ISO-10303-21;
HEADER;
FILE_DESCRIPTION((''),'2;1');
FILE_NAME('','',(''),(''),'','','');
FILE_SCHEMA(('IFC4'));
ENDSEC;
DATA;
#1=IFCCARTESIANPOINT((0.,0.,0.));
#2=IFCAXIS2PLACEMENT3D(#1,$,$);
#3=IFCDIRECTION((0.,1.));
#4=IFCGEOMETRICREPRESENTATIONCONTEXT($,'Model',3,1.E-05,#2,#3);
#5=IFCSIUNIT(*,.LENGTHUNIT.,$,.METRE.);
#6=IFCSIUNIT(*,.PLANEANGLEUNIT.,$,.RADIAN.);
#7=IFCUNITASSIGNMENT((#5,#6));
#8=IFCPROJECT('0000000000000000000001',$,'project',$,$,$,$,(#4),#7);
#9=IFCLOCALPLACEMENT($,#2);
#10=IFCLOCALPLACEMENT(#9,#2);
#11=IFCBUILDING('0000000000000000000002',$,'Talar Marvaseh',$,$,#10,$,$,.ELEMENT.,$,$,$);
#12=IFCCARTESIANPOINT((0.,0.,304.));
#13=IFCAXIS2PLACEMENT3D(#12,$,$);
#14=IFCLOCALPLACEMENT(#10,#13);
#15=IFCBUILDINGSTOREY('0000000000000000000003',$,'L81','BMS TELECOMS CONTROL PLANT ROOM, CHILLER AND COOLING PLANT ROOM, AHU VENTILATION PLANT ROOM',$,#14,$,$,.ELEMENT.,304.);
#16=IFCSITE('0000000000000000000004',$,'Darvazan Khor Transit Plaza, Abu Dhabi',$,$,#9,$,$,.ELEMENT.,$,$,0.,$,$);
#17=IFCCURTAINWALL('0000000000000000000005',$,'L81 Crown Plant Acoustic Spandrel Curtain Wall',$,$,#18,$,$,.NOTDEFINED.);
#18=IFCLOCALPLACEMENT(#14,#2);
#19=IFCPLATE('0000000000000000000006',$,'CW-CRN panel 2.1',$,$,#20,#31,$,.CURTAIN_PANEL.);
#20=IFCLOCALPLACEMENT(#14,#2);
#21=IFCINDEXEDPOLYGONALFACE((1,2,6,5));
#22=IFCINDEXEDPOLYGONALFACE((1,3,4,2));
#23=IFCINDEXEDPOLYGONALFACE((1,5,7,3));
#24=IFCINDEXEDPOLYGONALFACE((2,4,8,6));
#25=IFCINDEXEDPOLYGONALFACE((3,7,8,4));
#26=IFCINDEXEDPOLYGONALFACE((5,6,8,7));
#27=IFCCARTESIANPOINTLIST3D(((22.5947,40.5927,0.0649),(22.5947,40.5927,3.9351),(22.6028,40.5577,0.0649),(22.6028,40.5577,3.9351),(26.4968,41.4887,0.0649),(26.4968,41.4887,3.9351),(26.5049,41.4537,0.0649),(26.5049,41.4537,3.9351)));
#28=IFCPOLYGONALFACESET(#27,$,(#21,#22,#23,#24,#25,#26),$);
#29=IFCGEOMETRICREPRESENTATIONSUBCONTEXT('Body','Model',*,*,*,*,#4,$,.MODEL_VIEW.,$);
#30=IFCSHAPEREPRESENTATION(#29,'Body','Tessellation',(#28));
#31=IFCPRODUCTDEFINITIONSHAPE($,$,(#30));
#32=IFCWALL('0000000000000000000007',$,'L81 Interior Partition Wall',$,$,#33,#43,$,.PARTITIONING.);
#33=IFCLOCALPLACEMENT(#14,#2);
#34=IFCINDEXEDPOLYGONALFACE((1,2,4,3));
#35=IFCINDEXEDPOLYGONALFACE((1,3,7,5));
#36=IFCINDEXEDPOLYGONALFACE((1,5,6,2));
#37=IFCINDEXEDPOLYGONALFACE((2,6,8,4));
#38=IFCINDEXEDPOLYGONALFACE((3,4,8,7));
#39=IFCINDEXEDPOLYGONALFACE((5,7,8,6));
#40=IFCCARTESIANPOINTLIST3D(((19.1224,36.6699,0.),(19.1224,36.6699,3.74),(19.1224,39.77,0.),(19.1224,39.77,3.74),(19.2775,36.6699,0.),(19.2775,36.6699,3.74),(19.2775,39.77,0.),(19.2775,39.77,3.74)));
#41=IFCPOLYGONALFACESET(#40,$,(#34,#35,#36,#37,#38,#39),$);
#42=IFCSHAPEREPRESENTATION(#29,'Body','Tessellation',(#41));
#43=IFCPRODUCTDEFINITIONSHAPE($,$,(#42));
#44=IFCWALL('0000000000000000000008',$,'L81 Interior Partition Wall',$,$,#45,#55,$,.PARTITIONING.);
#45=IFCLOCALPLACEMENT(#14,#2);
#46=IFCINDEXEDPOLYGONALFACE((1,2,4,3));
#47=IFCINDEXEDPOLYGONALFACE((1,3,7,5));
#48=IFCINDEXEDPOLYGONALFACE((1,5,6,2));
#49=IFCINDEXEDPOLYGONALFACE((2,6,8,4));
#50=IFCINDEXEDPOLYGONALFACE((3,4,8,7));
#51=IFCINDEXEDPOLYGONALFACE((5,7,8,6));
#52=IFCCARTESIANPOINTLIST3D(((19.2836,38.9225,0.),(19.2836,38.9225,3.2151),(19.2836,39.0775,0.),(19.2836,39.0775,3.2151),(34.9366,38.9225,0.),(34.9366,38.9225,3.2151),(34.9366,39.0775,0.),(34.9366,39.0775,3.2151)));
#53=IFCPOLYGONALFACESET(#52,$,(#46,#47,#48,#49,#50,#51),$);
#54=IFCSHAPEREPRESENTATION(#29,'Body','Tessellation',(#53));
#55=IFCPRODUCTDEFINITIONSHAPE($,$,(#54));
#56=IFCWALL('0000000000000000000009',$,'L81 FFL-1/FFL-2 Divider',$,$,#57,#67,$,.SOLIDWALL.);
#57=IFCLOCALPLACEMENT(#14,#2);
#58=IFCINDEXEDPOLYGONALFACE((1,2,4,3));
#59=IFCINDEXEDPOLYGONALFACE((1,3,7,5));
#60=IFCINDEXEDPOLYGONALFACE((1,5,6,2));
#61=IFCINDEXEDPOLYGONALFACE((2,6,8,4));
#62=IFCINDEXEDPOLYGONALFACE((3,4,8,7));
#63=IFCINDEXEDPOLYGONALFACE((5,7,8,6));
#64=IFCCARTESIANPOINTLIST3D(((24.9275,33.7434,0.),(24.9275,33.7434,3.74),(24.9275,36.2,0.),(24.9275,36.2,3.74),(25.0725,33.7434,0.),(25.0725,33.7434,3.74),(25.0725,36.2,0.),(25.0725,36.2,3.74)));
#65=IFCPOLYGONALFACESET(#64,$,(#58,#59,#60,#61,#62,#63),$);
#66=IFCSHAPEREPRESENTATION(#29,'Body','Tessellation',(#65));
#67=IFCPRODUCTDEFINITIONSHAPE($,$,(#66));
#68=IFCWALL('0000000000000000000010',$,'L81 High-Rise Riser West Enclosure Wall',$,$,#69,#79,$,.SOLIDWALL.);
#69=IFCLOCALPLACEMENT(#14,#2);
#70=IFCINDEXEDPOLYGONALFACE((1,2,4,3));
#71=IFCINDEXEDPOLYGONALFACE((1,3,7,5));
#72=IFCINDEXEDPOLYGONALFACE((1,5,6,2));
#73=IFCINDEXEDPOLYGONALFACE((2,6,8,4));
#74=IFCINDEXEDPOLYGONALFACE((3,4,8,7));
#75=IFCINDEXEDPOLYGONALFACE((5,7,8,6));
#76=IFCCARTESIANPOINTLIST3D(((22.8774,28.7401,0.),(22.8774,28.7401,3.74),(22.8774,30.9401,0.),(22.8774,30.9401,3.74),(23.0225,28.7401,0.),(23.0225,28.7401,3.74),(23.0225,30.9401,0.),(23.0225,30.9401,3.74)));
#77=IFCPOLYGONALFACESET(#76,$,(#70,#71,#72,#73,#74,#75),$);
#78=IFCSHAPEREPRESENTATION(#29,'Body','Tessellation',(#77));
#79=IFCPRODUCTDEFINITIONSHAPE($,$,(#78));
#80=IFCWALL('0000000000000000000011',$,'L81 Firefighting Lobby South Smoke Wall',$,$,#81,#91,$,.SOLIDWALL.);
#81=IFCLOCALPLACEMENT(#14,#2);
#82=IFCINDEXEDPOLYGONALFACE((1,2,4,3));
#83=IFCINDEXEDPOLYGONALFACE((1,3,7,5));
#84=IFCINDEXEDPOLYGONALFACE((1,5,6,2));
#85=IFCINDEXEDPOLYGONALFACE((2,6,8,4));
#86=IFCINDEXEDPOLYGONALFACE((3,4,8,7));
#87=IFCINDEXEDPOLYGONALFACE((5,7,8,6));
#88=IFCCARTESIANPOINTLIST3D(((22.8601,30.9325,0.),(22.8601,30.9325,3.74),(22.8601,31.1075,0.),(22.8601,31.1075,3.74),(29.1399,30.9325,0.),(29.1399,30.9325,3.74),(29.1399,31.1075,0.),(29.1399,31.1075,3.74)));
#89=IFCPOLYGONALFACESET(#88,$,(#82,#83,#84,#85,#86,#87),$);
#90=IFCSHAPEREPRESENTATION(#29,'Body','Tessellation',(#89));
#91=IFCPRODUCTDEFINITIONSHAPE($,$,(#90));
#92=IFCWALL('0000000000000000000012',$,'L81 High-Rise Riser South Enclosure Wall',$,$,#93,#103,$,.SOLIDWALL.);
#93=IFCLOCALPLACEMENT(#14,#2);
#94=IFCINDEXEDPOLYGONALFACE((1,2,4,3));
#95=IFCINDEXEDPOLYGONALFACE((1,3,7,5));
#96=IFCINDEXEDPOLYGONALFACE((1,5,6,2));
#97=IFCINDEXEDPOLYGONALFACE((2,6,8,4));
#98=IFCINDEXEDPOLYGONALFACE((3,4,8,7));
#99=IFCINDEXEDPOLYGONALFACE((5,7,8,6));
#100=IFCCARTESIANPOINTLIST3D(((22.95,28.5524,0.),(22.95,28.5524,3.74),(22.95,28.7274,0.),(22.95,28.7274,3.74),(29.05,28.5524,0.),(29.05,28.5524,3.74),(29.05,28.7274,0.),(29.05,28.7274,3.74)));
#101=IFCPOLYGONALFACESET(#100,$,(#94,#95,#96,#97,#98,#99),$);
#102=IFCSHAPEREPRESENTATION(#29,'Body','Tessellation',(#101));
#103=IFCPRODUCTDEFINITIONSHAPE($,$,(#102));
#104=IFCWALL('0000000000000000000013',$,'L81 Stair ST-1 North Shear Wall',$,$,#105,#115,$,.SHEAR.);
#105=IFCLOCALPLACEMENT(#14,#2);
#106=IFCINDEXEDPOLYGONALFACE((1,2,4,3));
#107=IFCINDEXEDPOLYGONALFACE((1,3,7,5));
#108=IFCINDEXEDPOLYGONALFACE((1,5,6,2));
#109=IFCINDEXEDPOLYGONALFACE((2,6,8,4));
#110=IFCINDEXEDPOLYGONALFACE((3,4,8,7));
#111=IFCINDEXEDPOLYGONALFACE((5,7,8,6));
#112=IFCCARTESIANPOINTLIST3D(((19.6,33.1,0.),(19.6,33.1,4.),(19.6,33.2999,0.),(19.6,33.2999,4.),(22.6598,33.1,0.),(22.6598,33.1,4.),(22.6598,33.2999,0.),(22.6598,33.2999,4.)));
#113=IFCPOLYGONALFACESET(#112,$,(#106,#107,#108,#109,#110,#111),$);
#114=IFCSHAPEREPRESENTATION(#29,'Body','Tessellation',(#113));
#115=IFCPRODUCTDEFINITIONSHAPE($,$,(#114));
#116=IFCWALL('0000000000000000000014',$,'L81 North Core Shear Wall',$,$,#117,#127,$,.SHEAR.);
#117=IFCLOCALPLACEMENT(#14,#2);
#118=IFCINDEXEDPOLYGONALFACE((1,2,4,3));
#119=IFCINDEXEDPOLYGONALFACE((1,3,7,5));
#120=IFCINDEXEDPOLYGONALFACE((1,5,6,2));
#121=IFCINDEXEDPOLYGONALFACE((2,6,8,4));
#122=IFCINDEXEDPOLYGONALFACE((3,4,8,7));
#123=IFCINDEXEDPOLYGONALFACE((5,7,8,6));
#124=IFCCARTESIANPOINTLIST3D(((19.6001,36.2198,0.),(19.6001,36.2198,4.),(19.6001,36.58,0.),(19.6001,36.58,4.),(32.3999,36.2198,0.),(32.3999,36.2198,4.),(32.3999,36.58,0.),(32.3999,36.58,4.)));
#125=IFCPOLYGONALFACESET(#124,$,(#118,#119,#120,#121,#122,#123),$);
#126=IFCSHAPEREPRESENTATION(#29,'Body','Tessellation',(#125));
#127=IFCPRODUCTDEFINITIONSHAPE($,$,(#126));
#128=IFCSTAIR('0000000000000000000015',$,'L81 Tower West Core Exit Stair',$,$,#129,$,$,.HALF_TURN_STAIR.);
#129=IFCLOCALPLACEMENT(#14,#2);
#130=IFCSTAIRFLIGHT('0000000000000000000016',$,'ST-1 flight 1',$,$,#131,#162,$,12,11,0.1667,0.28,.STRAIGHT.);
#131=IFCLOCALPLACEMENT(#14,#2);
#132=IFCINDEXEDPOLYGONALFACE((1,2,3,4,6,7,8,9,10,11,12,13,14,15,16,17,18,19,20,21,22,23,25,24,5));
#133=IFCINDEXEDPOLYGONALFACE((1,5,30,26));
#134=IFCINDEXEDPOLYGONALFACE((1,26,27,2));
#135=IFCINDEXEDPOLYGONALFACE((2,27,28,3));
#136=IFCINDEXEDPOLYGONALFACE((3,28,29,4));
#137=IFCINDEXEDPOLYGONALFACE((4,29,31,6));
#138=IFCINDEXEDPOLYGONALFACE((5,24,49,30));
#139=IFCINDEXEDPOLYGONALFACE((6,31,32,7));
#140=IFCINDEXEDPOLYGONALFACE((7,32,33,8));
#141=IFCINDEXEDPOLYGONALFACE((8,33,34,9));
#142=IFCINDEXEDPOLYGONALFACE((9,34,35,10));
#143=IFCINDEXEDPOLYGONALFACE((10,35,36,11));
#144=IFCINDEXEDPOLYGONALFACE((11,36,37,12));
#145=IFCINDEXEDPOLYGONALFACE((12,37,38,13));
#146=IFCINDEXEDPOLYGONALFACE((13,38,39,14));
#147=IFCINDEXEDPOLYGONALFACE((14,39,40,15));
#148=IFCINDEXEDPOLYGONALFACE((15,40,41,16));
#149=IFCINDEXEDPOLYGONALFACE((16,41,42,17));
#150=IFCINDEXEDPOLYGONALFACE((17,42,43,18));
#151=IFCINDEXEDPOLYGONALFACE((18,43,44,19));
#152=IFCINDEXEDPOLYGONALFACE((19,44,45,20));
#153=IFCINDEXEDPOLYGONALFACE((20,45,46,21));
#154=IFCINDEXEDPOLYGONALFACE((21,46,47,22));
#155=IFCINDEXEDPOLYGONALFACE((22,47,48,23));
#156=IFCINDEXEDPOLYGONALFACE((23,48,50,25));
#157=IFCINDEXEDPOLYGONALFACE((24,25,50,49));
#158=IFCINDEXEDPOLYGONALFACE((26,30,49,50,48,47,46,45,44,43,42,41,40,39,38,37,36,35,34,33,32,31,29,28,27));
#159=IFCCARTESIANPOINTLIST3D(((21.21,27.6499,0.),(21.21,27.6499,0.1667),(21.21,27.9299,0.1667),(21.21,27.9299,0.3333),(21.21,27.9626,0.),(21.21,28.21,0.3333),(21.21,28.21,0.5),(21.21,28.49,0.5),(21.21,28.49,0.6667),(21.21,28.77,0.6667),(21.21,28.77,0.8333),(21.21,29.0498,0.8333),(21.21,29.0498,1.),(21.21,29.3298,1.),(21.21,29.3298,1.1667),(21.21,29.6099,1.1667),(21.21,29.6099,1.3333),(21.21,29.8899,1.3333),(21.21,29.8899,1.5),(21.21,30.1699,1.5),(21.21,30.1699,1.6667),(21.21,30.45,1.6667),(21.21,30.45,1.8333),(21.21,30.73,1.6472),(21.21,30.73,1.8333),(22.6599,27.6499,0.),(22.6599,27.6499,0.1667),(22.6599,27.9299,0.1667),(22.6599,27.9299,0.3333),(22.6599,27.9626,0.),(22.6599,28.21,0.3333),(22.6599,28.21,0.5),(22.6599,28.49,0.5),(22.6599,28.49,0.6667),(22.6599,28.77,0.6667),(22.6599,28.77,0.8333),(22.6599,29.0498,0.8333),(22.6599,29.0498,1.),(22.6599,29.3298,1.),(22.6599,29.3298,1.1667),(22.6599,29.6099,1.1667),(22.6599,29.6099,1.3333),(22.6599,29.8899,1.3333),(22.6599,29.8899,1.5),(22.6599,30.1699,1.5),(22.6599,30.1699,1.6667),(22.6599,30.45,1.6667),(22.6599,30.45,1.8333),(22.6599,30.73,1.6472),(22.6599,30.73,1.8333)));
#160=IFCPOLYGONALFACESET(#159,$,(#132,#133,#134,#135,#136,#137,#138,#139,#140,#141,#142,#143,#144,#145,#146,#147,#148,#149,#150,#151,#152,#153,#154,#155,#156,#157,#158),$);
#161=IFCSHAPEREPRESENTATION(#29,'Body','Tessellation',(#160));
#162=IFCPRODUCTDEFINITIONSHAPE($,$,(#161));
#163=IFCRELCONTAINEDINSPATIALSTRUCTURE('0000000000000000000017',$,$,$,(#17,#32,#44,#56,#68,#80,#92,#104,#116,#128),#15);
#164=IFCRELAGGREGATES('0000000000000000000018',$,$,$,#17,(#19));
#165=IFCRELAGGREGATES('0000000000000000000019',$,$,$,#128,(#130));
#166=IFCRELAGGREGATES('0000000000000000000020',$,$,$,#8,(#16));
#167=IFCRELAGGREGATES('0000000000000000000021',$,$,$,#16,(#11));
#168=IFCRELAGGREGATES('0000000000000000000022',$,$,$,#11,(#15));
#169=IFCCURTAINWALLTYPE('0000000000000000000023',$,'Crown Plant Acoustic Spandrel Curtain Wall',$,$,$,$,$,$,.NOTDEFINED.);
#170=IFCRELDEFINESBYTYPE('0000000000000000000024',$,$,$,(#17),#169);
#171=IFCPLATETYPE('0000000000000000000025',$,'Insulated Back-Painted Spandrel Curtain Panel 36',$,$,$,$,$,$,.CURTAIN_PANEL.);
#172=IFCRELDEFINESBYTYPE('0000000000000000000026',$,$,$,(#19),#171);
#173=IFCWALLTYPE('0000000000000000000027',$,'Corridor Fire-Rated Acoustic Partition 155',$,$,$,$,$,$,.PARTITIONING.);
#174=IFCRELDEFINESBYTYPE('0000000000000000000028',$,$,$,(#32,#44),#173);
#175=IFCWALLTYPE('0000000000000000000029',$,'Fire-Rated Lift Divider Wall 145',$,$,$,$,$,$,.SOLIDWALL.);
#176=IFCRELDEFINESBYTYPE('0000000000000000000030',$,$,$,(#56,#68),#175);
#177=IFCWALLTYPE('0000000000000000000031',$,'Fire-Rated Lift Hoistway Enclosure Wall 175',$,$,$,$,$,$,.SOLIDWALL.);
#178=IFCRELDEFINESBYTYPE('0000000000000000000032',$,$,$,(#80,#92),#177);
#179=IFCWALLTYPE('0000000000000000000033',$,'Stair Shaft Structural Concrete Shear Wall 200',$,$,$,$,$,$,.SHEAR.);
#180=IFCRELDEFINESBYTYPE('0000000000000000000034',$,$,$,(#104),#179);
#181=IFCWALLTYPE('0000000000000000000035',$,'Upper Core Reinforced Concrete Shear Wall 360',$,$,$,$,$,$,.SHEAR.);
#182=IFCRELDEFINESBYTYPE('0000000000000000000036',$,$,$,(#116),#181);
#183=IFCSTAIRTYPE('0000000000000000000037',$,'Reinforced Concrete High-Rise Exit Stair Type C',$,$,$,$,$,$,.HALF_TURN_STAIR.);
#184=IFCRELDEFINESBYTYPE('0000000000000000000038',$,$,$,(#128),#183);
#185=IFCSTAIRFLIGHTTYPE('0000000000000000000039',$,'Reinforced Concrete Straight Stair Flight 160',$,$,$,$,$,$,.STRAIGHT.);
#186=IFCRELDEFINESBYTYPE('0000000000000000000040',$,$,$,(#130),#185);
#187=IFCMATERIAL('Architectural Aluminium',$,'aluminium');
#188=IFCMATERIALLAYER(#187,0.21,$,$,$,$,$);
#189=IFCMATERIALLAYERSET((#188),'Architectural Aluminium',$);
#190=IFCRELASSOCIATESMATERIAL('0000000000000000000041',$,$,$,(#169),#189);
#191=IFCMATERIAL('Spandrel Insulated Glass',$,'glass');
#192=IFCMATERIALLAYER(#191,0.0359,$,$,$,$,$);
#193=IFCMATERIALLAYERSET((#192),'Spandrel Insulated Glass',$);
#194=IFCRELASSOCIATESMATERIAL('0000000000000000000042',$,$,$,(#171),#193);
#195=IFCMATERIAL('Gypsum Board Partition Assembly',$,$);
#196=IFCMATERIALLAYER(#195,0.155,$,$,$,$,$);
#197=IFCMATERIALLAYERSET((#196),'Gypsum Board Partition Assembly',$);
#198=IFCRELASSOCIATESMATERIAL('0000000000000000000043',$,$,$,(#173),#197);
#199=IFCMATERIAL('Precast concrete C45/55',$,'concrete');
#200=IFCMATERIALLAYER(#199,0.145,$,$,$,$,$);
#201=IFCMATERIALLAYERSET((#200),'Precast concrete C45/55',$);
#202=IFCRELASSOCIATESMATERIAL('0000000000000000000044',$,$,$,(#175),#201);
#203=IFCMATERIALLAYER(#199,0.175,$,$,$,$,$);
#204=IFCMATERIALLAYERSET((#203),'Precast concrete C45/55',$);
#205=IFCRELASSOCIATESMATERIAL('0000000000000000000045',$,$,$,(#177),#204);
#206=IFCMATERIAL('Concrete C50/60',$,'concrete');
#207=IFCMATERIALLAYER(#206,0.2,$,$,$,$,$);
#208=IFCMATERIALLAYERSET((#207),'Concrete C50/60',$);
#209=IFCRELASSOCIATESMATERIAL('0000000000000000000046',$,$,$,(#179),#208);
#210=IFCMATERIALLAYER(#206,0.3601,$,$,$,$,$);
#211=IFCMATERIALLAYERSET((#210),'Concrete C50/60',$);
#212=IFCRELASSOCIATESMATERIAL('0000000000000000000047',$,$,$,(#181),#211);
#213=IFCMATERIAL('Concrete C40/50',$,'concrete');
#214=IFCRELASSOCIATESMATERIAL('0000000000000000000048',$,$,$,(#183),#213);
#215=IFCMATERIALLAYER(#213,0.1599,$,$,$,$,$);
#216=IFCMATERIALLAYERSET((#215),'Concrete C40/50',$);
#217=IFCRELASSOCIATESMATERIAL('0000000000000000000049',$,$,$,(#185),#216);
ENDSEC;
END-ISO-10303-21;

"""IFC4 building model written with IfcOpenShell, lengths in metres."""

from ifc_helpers import new_model, si_unit, direction, frame, frame_2d, origin, origin_2d, place, context, subcontext, project, spatial, polyline, rectangle, outline, extrude, source, transform, mapped, material, layer, layer_set, type_object, element, aggregate, save


model = new_model("IFC4")

# Units and contexts
model_context = context("Model", 3, precision=1e-05, world=origin(), true_north=direction((0.0, 1.0)))
body_context = subcontext(model_context, "Body", "Model", "MODEL_VIEW")
ifc_project = project(units=[si_unit("LENGTHUNIT", "METRE"), si_unit("PLANEANGLEUNIT", "RADIAN")], contexts=[model_context])

# Site, building, storey
site_placement = place(None, origin())
site = spatial("IfcSite", under=ifc_project, at=site_placement, Name="Darvazan Khor Transit Plaza, Abu Dhabi", CompositionType="ELEMENT", RefElevation=0.0)
building_placement = place(site_placement, origin())
building = spatial("IfcBuilding", under=site, at=building_placement, Name="Talar Marvaseh", CompositionType="ELEMENT")
storey_placement = place(building_placement, frame((0.0, 0.0, 304.0)))
storey = spatial("IfcBuildingStorey", under=building, at=storey_placement, Name="L81", Description="BMS TELECOMS CONTROL PLANT ROOM, CHILLER AND COOLING PLANT ROOM, AHU VENTILATION PLANT ROOM", CompositionType="ELEMENT", Elevation=304.0)

# Shared definitions
ifc_material_1 = material(Name="Concrete C50/60", Category="concrete")

# Shared definitions
ifc_material_2 = material(Name="Concrete C40/50", Category="concrete")

# Curtain wall
ifc_material_3 = material(Name="Architectural Aluminium", Category="aluminium")
ifc_layer_1 = layer(ifc_material_3, 0.21)
ifc_layer_set_1 = layer_set([ifc_layer_1], Name="Architectural Aluminium")
curtain_wall_type = type_object("IfcCurtainWallType", Name="Crown Plant Acoustic Spandrel Curtain Wall", PredefinedType="NOTDEFINED", material=ifc_layer_set_1)
curtain_wall_placement = place(storey_placement, origin())
curtain_wall = element("IfcCurtainWall", 1, at=curtain_wall_placement, inside=storey, type_object=curtain_wall_type, Name="L81 Crown Plant Acoustic Spandrel Curtain Wall", PredefinedType="NOTDEFINED")

# Plate
ifc_material_4 = material(Name="Spandrel Insulated Glass", Category="glass")
ifc_layer_2 = layer(ifc_material_4, 0.0359)
ifc_layer_set_2 = layer_set([ifc_layer_2], Name="Spandrel Insulated Glass")
plate_type_1 = type_object("IfcPlateType", Name="Insulated Back-Painted Spandrel Curtain Panel 36", PredefinedType="CURTAIN_PANEL", material=ifc_layer_set_2)
shared_shape_1 = source(origin(), body_context, "Body", "SweptSolid", [
    extrude(rectangle(XDim=4.0037, YDim=0.0359, at=origin_2d()), origin(), (0.0, 0.0, 1.0), 3.8701),
])
plate_1_placement = place(storey_placement, frame((24.5498, 41.0232, 0.0649), z_axis=(0.0, 0.0, 1.0), x_axis=(0.974637, 0.223792, 0.0)))
plate_1 = element("IfcPlate", 2, at=plate_1_placement, type_object=plate_type_1, Name="CW-CRN panel 2.1", PredefinedType="CURTAIN_PANEL", context=body_context, shape_type="MappedRepresentation", body=[
    mapped(shared_shape_1, transform((0.0, 0.0, 0.0), x_axis=(1.0, 0.0, 0.0), y_axis=(0.0, 1.0, 0.0), z_axis=(0.0, 0.0, 1.0), scale=1.0)),
])
aggregate(curtain_wall, [plate_1])

# Walls
ifc_material_5 = material(Name="Gypsum Board Partition Assembly")
ifc_layer_3 = layer(ifc_material_5, 0.155)
ifc_layer_set_3 = layer_set([ifc_layer_3], Name="Gypsum Board Partition Assembly")
wall_type_1 = type_object("IfcWallType", Name="Corridor Fire-Rated Acoustic Partition 155", PredefinedType="PARTITIONING", material=ifc_layer_set_3)
wall_1_placement = place(storey_placement, frame((19.2, 36.6699, 0.0), z_axis=(0.0, 0.0, 1.0), x_axis=(0.0, 1.0, 0.0)))
element("IfcWall", 3, at=wall_1_placement, inside=storey, type_object=wall_type_1, Name="L81 Interior Partition Wall", PredefinedType="PARTITIONING", context=body_context, shape_type="SweptSolid", body=[
    extrude(rectangle(XDim=3.1001, YDim=0.155, at=frame_2d((1.55, 0.0))), origin(), (0.0, 0.0, 1.0), 3.74),
])
wall_2_placement = place(storey_placement, frame((19.2834, 39.0, 0.0), z_axis=(0.0, 0.0, 1.0), x_axis=(1.0, 0.0, 0.0)))
element("IfcWall", 4, at=wall_2_placement, inside=storey, type_object=wall_type_1, Name="L81 Interior Partition Wall", PredefinedType="PARTITIONING", context=body_context, shape_type="SweptSolid", body=[
    extrude(rectangle(XDim=15.6531, YDim=0.155, at=frame_2d((7.8267, 0.0))), origin(), (0.0, 0.0, 1.0), 3.2151),
])
ifc_material_6 = material(Name="Precast concrete C45/55", Category="concrete")
ifc_layer_4 = layer(ifc_material_6, 0.145)
ifc_layer_set_4 = layer_set([ifc_layer_4], Name="Precast concrete C45/55")
wall_type_2 = type_object("IfcWallType", Name="Fire-Rated Lift Divider Wall 145", PredefinedType="SOLIDWALL", material=ifc_layer_set_4)
wall_3_placement = place(storey_placement, frame((25.0, 33.7434, 0.0), z_axis=(0.0, 0.0, 1.0), x_axis=(0.0, 1.0, 0.0)))
element("IfcWall", 5, at=wall_3_placement, inside=storey, type_object=wall_type_2, Name="L81 FFL-1/FFL-2 Divider", PredefinedType="SOLIDWALL", context=body_context, shape_type="SweptSolid", body=[
    extrude(rectangle(XDim=2.4565, YDim=0.145, at=frame_2d((1.2283, 0.0))), origin(), (0.0, 0.0, 1.0), 3.74),
])
wall_4_placement = place(storey_placement, frame((22.95, 28.74, 0.0), z_axis=(0.0, 0.0, 1.0), x_axis=(0.0, 1.0, 0.0)))
element("IfcWall", 6, at=wall_4_placement, inside=storey, type_object=wall_type_2, Name="L81 High-Rise Riser West Enclosure Wall", PredefinedType="SOLIDWALL", context=body_context, shape_type="SweptSolid", body=[
    extrude(rectangle(XDim=2.2, YDim=0.145, at=frame_2d((1.1001, 0.0))), origin(), (0.0, 0.0, 1.0), 3.74),
])

# Shared definitions
ifc_layer_5 = layer(ifc_material_6, 0.175)
ifc_layer_set_5 = layer_set([ifc_layer_5], Name="Precast concrete C45/55")
wall_type_3 = type_object("IfcWallType", Name="Fire-Rated Lift Hoistway Enclosure Wall 175", PredefinedType="SOLIDWALL", material=ifc_layer_set_5)

# Walls
wall_5_placement = place(storey_placement, frame((22.8601, 31.02, 0.0), z_axis=(0.0, 0.0, 1.0), x_axis=(1.0, 0.0, 0.0)))
element("IfcWall", 7, at=wall_5_placement, inside=storey, type_object=wall_type_3, Name="L81 Firefighting Lobby South Smoke Wall", PredefinedType="SOLIDWALL", context=body_context, shape_type="SweptSolid", body=[
    extrude(rectangle(XDim=6.2798, YDim=0.175, at=frame_2d((3.1399, 0.0))), origin(), (0.0, 0.0, 1.0), 3.74),
])
wall_6_placement = place(storey_placement, frame((22.95, 28.6399, 0.0), z_axis=(0.0, 0.0, 1.0), x_axis=(1.0, 0.0, 0.0)))
element("IfcWall", 8, at=wall_6_placement, inside=storey, type_object=wall_type_3, Name="L81 High-Rise Riser South Enclosure Wall", PredefinedType="SOLIDWALL", context=body_context, shape_type="SweptSolid", body=[
    extrude(rectangle(XDim=6.1001, YDim=0.175, at=frame_2d((3.05, 0.0))), origin(), (0.0, 0.0, 1.0), 3.74),
])
ifc_layer_6 = layer(ifc_material_1, 0.2)
ifc_layer_set_6 = layer_set([ifc_layer_6], Name="Concrete C50/60")
wall_type_4 = type_object("IfcWallType", Name="Stair Shaft Structural Concrete Shear Wall 200", PredefinedType="SHEAR", material=ifc_layer_set_6)
wall_7_placement = place(storey_placement, frame((19.6001, 33.2, 0.0), z_axis=(0.0, 0.0, 1.0), x_axis=(1.0, 0.0, 0.0)))
element("IfcWall", 9, at=wall_7_placement, inside=storey, type_object=wall_type_4, Name="L81 Stair ST-1 North Shear Wall", PredefinedType="SHEAR", context=body_context, shape_type="SweptSolid", body=[
    extrude(rectangle(XDim=3.0598, YDim=0.2, at=frame_2d((1.5298, 0.0))), origin(), (0.0, 0.0, 1.0), 4.0),
])
ifc_layer_7 = layer(ifc_material_1, 0.3601)
ifc_layer_set_7 = layer_set([ifc_layer_7], Name="Concrete C50/60")
wall_type_5 = type_object("IfcWallType", Name="Upper Core Reinforced Concrete Shear Wall 360", PredefinedType="SHEAR", material=ifc_layer_set_7)
wall_8_placement = place(storey_placement, frame((19.6001, 36.3999, 0.0), z_axis=(0.0, 0.0, 1.0), x_axis=(1.0, 0.0, 0.0)))
element("IfcWall", 10, at=wall_8_placement, inside=storey, type_object=wall_type_5, Name="L81 North Core Shear Wall", PredefinedType="SHEAR", context=body_context, shape_type="SweptSolid", body=[
    extrude(rectangle(XDim=12.7998, YDim=0.3601, at=frame_2d((6.3999, 0.0))), origin(), (0.0, 0.0, 1.0), 4.0),
])

# Stair, stair flight
stair_type = type_object("IfcStairType", Name="Reinforced Concrete High-Rise Exit Stair Type C", PredefinedType="HALF_TURN_STAIR", material=ifc_material_2)
stair_placement = place(storey_placement, origin())
stair = element("IfcStair", 11, at=stair_placement, inside=storey, type_object=stair_type, Name="L81 Tower West Core Exit Stair", PredefinedType="HALF_TURN_STAIR")
ifc_layer_8 = layer(ifc_material_2, 0.1599)
ifc_layer_set_8 = layer_set([ifc_layer_8], Name="Concrete C40/50")
stair_flight_type = type_object("IfcStairFlightType", Name="Reinforced Concrete Straight Stair Flight 160", PredefinedType="STRAIGHT", material=ifc_layer_set_8)
stair_flight_1_placement = place(storey_placement, frame((21.9351, 27.6499, 0.0), z_axis=(0.0, 0.0, 1.0), x_axis=(0.0, 1.0, 0.0)))
stair_flight_1 = element("IfcStairFlight", 12, at=stair_flight_1_placement, type_object=stair_flight_type, Name="ST-1 flight 1", NumberOfRisers=12, NumberOfTreads=11, PredefinedType="STRAIGHT", RiserHeight=0.1667, TreadLength=0.28, context=body_context, shape_type="SweptSolid", body=[
    extrude(outline(polyline([(0.0, 0.0), (0.0, 0.1667), (0.28, 0.1667), (0.28, 0.3333), (0.5601, 0.3333), (0.5601, 0.5), (0.8401, 0.5), (0.8401, 0.6667), (1.1201, 0.6667), (1.1201, 0.8333), (1.3999, 0.8333), (1.3999, 1.0), (1.6799, 1.0), (1.6799, 1.1667), (1.96, 1.1667), (1.96, 1.3333), (2.24, 1.3333), (2.24, 1.5), (2.52, 1.5), (2.52, 1.6667), (2.8, 1.6667), (2.8, 1.8333), (3.0801, 1.8333), (3.0801, 2.0), (3.0801, 1.6472), (0.3127, 0.0), (0.0, 0.0)])), frame((0.0, 0.7251, 0.0), z_axis=(0.0, -1.0, 0.0), x_axis=(1.0, 0.0, 0.0)), (0.0, 0.0, 1.0), 1.45),
])
aggregate(stair, [stair_flight_1])

save(model, "model.ifc")
